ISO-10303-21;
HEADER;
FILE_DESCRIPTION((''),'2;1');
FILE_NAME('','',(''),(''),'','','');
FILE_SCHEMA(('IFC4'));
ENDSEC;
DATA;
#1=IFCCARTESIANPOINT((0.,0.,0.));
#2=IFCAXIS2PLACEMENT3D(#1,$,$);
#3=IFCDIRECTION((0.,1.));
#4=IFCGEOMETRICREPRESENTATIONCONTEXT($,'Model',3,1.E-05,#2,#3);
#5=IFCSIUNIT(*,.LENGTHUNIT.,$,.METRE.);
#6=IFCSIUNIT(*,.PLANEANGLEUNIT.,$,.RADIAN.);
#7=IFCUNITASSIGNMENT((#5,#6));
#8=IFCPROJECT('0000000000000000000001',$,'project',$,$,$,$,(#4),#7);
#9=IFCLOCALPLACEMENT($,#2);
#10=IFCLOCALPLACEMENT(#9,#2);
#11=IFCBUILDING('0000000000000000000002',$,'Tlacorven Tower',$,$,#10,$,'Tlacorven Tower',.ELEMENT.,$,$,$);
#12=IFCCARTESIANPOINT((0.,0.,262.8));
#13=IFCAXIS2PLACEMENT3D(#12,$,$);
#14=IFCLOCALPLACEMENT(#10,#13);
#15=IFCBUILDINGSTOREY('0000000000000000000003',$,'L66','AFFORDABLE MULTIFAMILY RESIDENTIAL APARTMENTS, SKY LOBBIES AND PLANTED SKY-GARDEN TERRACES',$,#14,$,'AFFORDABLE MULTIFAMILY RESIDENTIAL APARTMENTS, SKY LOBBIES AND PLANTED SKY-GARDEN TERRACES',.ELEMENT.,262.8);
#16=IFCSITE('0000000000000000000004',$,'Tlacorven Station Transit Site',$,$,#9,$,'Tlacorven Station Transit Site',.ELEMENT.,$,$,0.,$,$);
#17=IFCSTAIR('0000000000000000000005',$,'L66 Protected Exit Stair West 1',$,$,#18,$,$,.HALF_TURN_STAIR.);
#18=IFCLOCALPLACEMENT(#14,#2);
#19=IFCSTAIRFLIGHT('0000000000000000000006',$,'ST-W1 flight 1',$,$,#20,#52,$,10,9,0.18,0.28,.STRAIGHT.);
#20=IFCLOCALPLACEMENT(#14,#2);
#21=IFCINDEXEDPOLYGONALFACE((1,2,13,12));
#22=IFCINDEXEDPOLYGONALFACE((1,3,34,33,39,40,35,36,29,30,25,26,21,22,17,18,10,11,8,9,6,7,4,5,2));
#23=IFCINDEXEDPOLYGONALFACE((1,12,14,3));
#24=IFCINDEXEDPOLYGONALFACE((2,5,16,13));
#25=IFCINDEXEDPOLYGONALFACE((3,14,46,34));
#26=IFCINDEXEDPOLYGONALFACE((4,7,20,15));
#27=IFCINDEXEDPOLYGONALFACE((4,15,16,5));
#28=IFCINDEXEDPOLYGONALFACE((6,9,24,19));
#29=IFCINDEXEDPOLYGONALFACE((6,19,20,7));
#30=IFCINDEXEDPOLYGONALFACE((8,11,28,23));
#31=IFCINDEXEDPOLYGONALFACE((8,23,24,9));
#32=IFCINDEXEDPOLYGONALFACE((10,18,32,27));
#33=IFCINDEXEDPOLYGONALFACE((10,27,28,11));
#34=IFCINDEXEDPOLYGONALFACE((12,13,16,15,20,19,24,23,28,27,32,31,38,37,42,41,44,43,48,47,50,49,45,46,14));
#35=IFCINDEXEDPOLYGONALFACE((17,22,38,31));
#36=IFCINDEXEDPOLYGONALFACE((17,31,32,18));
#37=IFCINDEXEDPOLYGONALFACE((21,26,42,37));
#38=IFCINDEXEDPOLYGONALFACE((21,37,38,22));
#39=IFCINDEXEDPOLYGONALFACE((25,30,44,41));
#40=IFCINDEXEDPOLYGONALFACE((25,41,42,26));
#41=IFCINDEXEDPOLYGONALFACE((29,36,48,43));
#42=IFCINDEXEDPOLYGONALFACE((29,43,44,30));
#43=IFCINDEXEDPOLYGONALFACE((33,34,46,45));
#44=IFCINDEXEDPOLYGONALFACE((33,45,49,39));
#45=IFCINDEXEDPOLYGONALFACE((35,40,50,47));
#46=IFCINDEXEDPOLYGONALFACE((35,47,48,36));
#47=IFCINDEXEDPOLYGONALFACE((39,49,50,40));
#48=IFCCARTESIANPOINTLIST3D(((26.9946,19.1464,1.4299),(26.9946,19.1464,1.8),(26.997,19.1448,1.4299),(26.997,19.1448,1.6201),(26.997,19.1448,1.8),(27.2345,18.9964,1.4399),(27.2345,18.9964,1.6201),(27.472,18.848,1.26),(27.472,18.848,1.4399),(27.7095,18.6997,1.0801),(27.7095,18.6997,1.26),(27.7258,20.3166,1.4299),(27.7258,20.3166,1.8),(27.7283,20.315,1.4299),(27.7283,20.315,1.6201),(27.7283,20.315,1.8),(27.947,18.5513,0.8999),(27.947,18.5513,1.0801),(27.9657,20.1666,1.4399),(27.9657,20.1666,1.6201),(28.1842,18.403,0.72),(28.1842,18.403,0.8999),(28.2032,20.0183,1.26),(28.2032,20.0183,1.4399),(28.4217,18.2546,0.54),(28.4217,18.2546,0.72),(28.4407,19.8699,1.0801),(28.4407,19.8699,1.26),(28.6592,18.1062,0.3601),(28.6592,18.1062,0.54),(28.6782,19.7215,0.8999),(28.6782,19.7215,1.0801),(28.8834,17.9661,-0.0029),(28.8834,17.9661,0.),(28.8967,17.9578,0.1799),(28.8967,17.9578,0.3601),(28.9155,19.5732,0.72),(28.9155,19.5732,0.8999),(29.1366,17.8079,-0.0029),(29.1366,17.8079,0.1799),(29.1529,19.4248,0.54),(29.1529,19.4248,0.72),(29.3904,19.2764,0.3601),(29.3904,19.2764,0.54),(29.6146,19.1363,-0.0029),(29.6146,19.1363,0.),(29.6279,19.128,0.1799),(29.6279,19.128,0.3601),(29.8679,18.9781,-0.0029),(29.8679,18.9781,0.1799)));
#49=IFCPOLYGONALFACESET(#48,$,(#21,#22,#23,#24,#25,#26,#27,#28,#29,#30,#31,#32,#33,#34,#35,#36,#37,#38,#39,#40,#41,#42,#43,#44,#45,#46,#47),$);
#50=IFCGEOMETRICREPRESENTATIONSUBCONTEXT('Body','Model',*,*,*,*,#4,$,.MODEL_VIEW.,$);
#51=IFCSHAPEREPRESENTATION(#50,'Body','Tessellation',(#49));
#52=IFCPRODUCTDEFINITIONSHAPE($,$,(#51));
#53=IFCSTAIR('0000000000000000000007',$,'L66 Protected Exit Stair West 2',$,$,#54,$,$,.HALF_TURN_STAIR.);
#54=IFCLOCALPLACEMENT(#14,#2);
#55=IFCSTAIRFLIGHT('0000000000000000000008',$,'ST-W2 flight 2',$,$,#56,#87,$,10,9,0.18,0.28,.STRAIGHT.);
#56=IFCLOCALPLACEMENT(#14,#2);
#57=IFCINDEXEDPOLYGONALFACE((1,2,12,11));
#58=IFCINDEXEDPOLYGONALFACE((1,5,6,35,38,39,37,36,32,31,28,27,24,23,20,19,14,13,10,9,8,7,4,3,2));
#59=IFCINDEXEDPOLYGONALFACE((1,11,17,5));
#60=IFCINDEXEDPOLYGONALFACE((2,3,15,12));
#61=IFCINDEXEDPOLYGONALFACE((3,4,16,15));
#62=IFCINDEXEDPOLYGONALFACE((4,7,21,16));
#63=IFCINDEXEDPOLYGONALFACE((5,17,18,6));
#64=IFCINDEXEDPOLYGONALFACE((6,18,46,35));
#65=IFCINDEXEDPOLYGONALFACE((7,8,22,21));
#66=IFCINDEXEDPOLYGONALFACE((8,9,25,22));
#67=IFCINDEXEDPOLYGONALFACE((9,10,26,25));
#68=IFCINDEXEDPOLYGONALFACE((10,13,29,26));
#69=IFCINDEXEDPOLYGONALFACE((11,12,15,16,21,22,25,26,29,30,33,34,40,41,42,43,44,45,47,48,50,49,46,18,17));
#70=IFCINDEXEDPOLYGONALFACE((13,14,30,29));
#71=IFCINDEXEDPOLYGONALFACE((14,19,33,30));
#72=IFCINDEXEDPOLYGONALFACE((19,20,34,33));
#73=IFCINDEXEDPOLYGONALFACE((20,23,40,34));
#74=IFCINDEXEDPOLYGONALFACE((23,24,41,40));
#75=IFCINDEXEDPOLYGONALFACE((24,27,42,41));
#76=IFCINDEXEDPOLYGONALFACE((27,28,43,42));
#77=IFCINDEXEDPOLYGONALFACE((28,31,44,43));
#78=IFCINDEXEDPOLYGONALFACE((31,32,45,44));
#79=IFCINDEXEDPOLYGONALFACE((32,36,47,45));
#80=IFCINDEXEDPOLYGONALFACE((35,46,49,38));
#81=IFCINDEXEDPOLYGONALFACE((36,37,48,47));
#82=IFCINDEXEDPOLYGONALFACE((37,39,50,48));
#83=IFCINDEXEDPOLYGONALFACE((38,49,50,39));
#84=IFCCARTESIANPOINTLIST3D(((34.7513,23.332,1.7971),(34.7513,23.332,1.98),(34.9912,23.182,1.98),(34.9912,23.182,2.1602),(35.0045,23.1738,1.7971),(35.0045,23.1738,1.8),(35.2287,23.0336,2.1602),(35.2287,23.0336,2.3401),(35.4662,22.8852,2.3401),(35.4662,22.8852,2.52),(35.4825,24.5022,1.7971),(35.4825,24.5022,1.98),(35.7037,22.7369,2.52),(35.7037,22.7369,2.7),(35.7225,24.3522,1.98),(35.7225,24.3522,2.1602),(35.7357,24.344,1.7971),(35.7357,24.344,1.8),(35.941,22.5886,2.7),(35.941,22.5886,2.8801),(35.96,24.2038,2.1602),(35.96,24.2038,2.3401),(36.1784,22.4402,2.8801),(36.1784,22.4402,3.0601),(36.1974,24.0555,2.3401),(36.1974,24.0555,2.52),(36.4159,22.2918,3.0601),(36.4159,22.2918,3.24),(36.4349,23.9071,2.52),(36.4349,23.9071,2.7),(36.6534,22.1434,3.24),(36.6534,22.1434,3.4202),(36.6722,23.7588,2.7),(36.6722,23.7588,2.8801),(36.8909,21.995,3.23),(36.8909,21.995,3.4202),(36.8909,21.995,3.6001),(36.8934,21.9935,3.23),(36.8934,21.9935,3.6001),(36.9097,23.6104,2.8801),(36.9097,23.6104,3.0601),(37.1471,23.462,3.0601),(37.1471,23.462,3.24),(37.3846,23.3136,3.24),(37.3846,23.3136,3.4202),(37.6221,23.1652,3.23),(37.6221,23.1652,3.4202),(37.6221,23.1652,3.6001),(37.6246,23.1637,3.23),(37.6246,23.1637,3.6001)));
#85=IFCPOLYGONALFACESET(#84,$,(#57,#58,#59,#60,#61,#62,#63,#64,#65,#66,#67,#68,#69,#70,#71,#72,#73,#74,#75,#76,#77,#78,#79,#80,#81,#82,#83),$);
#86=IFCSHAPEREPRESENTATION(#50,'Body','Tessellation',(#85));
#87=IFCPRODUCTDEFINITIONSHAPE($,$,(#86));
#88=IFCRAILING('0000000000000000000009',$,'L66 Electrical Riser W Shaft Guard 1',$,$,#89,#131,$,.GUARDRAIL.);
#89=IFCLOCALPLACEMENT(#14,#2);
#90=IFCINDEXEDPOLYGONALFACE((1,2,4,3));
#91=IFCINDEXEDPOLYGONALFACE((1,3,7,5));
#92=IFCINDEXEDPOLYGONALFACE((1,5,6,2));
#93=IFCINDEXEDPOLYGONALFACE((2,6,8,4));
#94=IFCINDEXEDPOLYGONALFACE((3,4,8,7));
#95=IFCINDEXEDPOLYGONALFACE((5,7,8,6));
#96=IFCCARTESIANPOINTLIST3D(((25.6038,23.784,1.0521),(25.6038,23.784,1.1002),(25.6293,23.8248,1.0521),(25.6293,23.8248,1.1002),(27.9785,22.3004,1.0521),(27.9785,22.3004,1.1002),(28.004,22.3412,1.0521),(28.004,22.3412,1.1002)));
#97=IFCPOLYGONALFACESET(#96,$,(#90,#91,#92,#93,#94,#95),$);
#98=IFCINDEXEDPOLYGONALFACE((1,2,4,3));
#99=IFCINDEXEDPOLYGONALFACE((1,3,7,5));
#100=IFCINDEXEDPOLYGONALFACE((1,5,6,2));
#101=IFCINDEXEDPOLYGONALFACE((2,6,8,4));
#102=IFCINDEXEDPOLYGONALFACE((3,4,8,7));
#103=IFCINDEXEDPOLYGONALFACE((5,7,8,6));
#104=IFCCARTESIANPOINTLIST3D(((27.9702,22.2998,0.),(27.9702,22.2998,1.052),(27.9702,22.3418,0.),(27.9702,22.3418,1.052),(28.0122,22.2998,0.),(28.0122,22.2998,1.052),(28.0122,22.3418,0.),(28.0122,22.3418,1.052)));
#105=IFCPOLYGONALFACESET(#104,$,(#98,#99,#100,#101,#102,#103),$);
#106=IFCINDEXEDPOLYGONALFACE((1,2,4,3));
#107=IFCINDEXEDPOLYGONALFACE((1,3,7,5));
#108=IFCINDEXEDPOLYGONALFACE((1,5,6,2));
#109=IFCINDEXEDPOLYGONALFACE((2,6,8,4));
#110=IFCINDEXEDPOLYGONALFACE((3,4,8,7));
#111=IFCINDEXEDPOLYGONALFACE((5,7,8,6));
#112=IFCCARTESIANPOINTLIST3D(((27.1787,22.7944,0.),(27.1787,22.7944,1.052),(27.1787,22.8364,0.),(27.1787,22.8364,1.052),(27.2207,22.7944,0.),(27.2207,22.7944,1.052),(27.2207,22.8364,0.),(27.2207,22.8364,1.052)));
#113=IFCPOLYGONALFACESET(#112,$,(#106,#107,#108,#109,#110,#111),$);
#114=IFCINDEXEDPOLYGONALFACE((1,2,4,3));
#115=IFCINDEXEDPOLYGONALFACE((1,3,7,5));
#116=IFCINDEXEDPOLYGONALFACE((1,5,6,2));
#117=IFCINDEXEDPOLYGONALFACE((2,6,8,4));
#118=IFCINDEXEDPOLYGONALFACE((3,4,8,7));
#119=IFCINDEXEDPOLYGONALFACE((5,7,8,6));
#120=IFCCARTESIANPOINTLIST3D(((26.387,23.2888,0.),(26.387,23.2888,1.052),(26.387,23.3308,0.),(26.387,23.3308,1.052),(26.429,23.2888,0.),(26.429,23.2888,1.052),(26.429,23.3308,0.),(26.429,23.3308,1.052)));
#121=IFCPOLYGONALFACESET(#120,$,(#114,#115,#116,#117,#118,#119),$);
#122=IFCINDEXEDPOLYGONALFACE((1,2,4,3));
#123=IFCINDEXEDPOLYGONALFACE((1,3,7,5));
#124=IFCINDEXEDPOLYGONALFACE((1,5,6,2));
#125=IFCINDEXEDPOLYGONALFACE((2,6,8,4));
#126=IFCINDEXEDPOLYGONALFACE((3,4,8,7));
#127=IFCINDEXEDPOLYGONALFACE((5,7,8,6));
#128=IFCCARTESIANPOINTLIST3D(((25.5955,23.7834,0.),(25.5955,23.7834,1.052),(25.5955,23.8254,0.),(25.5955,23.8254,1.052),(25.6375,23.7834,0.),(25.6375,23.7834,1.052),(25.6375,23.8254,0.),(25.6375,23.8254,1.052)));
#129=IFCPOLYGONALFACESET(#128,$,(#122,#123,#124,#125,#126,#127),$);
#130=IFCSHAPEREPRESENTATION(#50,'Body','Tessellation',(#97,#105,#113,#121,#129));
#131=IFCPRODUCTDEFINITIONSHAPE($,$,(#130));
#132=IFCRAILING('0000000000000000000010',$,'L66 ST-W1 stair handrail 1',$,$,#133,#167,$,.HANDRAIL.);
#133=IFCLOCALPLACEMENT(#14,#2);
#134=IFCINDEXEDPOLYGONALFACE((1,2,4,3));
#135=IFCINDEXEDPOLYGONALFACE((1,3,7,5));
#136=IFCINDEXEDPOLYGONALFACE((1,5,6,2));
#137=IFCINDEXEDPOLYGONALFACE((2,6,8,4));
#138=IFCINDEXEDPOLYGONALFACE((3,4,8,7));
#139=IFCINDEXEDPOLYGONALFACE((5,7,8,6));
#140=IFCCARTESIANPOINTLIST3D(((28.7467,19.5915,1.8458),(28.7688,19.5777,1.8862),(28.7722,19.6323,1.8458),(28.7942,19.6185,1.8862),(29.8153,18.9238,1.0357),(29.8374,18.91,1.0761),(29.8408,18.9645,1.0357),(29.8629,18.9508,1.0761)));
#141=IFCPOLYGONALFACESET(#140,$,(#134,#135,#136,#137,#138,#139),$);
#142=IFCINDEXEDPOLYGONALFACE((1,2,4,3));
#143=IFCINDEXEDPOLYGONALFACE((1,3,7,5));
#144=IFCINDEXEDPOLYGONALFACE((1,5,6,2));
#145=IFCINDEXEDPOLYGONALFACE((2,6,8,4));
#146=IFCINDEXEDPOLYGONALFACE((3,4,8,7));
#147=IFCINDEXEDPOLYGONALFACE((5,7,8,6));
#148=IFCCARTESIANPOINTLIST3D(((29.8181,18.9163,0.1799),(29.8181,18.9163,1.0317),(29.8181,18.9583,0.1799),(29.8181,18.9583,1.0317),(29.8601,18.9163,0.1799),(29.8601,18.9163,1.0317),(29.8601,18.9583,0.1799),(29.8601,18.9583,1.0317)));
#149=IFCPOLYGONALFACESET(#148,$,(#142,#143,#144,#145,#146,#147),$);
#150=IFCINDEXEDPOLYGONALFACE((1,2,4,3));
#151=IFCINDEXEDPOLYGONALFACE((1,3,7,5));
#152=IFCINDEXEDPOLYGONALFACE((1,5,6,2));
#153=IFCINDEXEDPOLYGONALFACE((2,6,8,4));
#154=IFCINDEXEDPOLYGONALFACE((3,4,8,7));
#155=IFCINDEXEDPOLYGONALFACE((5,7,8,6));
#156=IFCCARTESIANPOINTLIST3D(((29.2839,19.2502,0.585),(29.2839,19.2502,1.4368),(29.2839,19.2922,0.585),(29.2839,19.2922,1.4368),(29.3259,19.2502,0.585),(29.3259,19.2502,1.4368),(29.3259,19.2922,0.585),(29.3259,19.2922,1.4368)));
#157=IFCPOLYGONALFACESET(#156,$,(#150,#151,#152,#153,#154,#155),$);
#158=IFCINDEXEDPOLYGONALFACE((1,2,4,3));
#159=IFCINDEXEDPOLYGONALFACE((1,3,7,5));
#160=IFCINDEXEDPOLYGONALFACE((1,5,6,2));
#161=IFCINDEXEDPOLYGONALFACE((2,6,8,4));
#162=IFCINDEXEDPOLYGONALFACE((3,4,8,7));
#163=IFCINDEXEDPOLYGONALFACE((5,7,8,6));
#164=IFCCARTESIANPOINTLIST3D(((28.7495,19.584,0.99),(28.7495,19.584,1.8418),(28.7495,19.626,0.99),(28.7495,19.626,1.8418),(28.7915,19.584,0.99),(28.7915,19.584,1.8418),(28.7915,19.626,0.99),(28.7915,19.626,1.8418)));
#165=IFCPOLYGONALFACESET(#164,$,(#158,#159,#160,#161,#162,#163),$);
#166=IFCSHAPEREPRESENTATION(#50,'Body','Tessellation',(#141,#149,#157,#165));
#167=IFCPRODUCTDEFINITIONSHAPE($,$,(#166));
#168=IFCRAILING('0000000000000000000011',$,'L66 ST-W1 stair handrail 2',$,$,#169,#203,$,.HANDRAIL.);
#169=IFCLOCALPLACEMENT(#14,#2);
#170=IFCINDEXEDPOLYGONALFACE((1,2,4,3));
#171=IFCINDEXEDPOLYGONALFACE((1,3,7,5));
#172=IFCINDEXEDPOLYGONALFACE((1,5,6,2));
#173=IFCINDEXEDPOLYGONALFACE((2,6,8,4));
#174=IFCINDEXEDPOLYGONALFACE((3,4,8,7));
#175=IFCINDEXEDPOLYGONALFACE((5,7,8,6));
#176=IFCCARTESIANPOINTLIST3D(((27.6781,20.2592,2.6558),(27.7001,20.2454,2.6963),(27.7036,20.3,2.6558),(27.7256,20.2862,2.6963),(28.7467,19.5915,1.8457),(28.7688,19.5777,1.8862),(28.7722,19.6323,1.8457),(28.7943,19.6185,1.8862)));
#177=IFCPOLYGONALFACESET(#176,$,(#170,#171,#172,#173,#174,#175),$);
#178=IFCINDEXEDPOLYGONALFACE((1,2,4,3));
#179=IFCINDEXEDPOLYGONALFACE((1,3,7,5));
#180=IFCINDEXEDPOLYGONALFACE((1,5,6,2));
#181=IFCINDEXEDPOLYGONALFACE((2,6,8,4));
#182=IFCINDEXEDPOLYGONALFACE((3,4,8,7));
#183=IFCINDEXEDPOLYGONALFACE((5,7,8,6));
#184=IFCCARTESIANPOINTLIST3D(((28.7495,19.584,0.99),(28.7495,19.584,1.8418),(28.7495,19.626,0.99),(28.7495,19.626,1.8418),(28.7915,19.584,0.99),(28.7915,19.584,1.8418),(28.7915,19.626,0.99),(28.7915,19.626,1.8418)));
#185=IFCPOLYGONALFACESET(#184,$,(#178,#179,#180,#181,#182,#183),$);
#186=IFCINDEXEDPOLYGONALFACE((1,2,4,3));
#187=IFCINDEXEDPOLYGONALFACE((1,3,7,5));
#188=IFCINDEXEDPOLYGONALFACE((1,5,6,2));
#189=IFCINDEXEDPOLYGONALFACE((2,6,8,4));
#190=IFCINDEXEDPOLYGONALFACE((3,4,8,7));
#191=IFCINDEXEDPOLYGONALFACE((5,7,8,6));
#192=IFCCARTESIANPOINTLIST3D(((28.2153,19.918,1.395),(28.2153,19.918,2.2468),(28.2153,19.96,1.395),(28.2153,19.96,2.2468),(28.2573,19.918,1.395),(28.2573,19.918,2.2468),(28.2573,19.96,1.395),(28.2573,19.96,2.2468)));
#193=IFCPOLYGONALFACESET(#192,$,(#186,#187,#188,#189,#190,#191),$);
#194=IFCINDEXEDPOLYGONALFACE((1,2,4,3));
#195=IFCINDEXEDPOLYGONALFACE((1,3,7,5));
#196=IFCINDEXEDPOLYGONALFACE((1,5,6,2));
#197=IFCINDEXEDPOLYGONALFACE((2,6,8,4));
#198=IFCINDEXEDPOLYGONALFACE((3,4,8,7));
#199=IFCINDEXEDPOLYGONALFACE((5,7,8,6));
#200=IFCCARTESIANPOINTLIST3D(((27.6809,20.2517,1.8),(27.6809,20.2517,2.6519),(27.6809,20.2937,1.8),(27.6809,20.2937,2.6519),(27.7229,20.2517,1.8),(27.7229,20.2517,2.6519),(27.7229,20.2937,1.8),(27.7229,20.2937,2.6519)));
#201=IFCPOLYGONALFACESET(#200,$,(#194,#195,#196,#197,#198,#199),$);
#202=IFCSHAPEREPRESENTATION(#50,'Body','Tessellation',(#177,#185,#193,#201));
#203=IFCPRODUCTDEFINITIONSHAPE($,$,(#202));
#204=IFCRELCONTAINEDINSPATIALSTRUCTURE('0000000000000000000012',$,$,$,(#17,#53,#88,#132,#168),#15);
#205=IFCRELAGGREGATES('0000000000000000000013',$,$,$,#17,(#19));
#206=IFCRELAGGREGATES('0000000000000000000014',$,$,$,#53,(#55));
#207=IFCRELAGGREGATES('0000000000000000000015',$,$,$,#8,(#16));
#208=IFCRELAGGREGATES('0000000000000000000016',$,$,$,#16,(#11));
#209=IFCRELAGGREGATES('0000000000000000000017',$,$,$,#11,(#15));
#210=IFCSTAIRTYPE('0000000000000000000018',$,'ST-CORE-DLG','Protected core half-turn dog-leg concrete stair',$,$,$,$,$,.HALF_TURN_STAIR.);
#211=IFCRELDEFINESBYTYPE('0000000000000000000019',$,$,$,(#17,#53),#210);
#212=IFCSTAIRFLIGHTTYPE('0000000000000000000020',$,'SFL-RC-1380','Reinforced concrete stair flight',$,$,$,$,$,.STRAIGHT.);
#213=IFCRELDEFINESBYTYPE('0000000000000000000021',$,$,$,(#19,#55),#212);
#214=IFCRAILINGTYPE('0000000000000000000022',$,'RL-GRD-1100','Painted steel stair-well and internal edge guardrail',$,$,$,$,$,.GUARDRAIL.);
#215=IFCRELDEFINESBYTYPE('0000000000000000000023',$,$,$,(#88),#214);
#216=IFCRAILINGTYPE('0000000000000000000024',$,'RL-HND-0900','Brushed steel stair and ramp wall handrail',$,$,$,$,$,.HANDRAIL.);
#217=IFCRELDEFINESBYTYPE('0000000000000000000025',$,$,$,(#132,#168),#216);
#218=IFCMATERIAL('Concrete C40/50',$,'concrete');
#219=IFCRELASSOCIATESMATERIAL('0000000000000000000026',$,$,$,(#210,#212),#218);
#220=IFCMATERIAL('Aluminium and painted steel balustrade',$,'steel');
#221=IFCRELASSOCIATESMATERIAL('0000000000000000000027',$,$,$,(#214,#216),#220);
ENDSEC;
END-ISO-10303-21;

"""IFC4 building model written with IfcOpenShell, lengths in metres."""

from ifc_helpers import new_model, si_unit, direction, frame, origin, origin_2d, place, context, subcontext, project, spatial, polyline, rectangle, outline, extrude, source, transform, mapped, material, type_object, element, aggregate, save


model = new_model("IFC4")

# Units and contexts
model_context = context("Model", 3, precision=1e-05, world=origin(), true_north=direction((0.0, 1.0)))
body_context = subcontext(model_context, "Body", "Model", "MODEL_VIEW")
ifc_project = project(units=[si_unit("LENGTHUNIT", "METRE"), si_unit("PLANEANGLEUNIT", "RADIAN")], contexts=[model_context])

# Site, building, storey
site_placement = place(None, origin())
site = spatial("IfcSite", under=ifc_project, at=site_placement, Name="Tlacorven Station Transit Site", LongName="Tlacorven Station Transit Site", CompositionType="ELEMENT", RefElevation=0.0)
building_placement = place(site_placement, origin())
building = spatial("IfcBuilding", under=site, at=building_placement, Name="Tlacorven Tower", LongName="Tlacorven Tower", CompositionType="ELEMENT")
storey_placement = place(building_placement, frame((0.0, 0.0, 262.8)))
storey = spatial("IfcBuildingStorey", under=building, at=storey_placement, Name="L66", Description="AFFORDABLE MULTIFAMILY RESIDENTIAL APARTMENTS, SKY LOBBIES AND PLANTED SKY-GARDEN TERRACES", LongName="AFFORDABLE MULTIFAMILY RESIDENTIAL APARTMENTS, SKY LOBBIES AND PLANTED SKY-GARDEN TERRACES", CompositionType="ELEMENT", Elevation=262.8)

# Shared definitions
ifc_material_1 = material(Name="Concrete C40/50", Category="concrete")

# Stairs, stair flights
stair_type = type_object("IfcStairType", Name="ST-CORE-DLG", Description="Protected core half-turn dog-leg concrete stair", PredefinedType="HALF_TURN_STAIR", material=ifc_material_1)
stair_1_placement = place(storey_placement, origin())
stair_1 = element("IfcStair", 1, at=stair_1_placement, inside=storey, type_object=stair_type, Name="L66 Protected Exit Stair West 1", PredefinedType="HALF_TURN_STAIR")
stair_flight_type = type_object("IfcStairFlightType", Name="SFL-RC-1380", Description="Reinforced concrete stair flight", PredefinedType="STRAIGHT", material=ifc_material_1)
shared_shape_1 = source(origin(), body_context, "Body", "SweptSolid", [
    extrude(outline(polyline([(-0.0029, -0.0029), (-0.0029, 0.1799), (0.28, 0.1799), (0.28, 0.3601), (0.5601, 0.3601), (0.5601, 0.54), (0.8401, 0.54), (0.8401, 0.72), (1.1201, 0.72), (1.1201, 0.8999), (1.3999, 0.8999), (1.3999, 1.0801), (1.6799, 1.0801), (1.6799, 1.26), (1.96, 1.26), (1.96, 1.4399), (2.24, 1.4399), (2.24, 1.6201), (2.52, 1.6201), (2.52, 1.8), (2.5229, 1.8), (2.5229, 1.4299), (2.52, 1.4299), (0.2957, 0.0), (0.2957, -0.0029), (-0.0029, -0.0029)])), frame((0.0, 0.6899, 0.0), z_axis=(0.0, -1.0, 0.0), x_axis=(1.0, 0.0, 0.0)), (0.0, 0.0, 1.0), 1.3799),
])
stair_flight_1_placement = place(storey_placement, frame((29.4998, 18.3945, 0.0), z_axis=(0.0, 0.0, 1.0), x_axis=(-0.848048, 0.529919, 0.0)))
stair_flight_1 = element("IfcStairFlight", 2, at=stair_flight_1_placement, type_object=stair_flight_type, Name="ST-W1 flight 1", NumberOfRisers=10, NumberOfTreads=9, PredefinedType="STRAIGHT", RiserHeight=0.18, TreadLength=0.28, context=body_context, shape_type="MappedRepresentation", body=[
    mapped(shared_shape_1, transform((0.0, 0.0, 0.0), scale=1.0)),
])
aggregate(stair_1, [stair_flight_1])
stair_2_placement = place(storey_placement, origin())
stair_2 = element("IfcStair", 3, at=stair_2_placement, inside=storey, type_object=stair_type, Name="L66 Protected Exit Stair West 2", PredefinedType="HALF_TURN_STAIR")
stair_flight_2_placement = place(storey_placement, frame((35.1194, 23.9155, 1.8), z_axis=(0.0, 0.0, 1.0), x_axis=(0.848048, -0.529919, 0.0)))
stair_flight_2 = element("IfcStairFlight", 4, at=stair_flight_2_placement, type_object=stair_flight_type, Name="ST-W2 flight 2", NumberOfRisers=10, NumberOfTreads=9, PredefinedType="STRAIGHT", RiserHeight=0.18, TreadLength=0.28, context=body_context, shape_type="MappedRepresentation", body=[
    mapped(shared_shape_1, transform((0.0, 0.0, 0.0), scale=1.0)),
])
aggregate(stair_2, [stair_flight_2])

# Railings
ifc_material_2 = material(Name="Aluminium and painted steel balustrade", Category="steel")
railing_type_1 = type_object("IfcRailingType", Name="RL-GRD-1100", Description="Painted steel stair-well and internal edge guardrail", PredefinedType="GUARDRAIL", material=ifc_material_2)
shared_shape_2 = source(origin(), body_context, "Body", "SweptSolid", [
    extrude(rectangle(XDim=0.0481, YDim=0.0481, at=origin_2d()), frame((0.0, 0.0, 1.0762), z_axis=(-0.848091, 0.52985, 0.0), x_axis=(-0.52985, -0.848091, 0.0)), (0.0, 0.0, 1.0), 2.8),
    extrude(rectangle(XDim=0.042, YDim=0.042, at=origin_2d()), origin(), (0.0, 0.0, 1.0), 1.052),
    extrude(rectangle(XDim=0.042, YDim=0.042, at=origin_2d()), frame((-0.7915, 0.4946, 0.0)), (0.0, 0.0, 1.0), 1.052),
    extrude(rectangle(XDim=0.042, YDim=0.042, at=origin_2d()), frame((-1.5833, 0.989, 0.0)), (0.0, 0.0, 1.0), 1.052),
    extrude(rectangle(XDim=0.042, YDim=0.042, at=origin_2d()), frame((-2.3748, 1.4836, 0.0)), (0.0, 0.0, 1.0), 1.052),
])
railing_1_placement = place(storey_placement, frame((27.9912, 22.3208, 0.0)))
element("IfcRailing", 5, at=railing_1_placement, inside=storey, type_object=railing_type_1, Name="L66 Electrical Riser W Shaft Guard 1", PredefinedType="GUARDRAIL", context=body_context, shape_type="MappedRepresentation", body=[
    mapped(shared_shape_2, transform((0.0, 0.0, 0.0), scale=1.0)),
])
railing_type_2 = type_object("IfcRailingType", Name="RL-HND-0900", Description="Brushed steel stair and ramp wall handrail", PredefinedType="HANDRAIL", material=ifc_material_2)
shared_shape_3 = source(origin(), body_context, "Body", "SweptSolid", [
    extrude(rectangle(XDim=0.0481, YDim=0.0481, at=origin_2d()), frame((0.0, 0.0, 0.876), z_axis=(-0.71336, 0.445748, 0.540765), x_axis=(-0.529912, -0.848053, 0.0)), (0.0, 0.0, 1.0), 1.498),
    extrude(rectangle(XDim=0.042, YDim=0.042, at=origin_2d()), origin(), (0.0, 0.0, 1.0), 0.8518),
    extrude(rectangle(XDim=0.042, YDim=0.042, at=origin_2d()), frame((-0.5342, 0.334, 0.405)), (0.0, 0.0, 1.0), 0.8518),
    extrude(rectangle(XDim=0.042, YDim=0.042, at=origin_2d()), frame((-1.0686, 0.6677, 0.8101)), (0.0, 0.0, 1.0), 0.8518),
])
for number, where, name in (
    (6, (29.8391, 18.9373, 0.1799), "L66 ST-W1 stair handrail 1"),
    (7, (28.7705, 19.605, 0.99), "L66 ST-W1 stair handrail 2"),
):
    element("IfcRailing", number, at=place(storey_placement, frame(where)), inside=storey, type_object=railing_type_2, Name=name, PredefinedType="HANDRAIL", context=body_context, shape_type="MappedRepresentation", body=[
        mapped(shared_shape_3, transform((0.0, 0.0, 0.0), scale=1.0)),
    ])

save(model, "model.ifc")
